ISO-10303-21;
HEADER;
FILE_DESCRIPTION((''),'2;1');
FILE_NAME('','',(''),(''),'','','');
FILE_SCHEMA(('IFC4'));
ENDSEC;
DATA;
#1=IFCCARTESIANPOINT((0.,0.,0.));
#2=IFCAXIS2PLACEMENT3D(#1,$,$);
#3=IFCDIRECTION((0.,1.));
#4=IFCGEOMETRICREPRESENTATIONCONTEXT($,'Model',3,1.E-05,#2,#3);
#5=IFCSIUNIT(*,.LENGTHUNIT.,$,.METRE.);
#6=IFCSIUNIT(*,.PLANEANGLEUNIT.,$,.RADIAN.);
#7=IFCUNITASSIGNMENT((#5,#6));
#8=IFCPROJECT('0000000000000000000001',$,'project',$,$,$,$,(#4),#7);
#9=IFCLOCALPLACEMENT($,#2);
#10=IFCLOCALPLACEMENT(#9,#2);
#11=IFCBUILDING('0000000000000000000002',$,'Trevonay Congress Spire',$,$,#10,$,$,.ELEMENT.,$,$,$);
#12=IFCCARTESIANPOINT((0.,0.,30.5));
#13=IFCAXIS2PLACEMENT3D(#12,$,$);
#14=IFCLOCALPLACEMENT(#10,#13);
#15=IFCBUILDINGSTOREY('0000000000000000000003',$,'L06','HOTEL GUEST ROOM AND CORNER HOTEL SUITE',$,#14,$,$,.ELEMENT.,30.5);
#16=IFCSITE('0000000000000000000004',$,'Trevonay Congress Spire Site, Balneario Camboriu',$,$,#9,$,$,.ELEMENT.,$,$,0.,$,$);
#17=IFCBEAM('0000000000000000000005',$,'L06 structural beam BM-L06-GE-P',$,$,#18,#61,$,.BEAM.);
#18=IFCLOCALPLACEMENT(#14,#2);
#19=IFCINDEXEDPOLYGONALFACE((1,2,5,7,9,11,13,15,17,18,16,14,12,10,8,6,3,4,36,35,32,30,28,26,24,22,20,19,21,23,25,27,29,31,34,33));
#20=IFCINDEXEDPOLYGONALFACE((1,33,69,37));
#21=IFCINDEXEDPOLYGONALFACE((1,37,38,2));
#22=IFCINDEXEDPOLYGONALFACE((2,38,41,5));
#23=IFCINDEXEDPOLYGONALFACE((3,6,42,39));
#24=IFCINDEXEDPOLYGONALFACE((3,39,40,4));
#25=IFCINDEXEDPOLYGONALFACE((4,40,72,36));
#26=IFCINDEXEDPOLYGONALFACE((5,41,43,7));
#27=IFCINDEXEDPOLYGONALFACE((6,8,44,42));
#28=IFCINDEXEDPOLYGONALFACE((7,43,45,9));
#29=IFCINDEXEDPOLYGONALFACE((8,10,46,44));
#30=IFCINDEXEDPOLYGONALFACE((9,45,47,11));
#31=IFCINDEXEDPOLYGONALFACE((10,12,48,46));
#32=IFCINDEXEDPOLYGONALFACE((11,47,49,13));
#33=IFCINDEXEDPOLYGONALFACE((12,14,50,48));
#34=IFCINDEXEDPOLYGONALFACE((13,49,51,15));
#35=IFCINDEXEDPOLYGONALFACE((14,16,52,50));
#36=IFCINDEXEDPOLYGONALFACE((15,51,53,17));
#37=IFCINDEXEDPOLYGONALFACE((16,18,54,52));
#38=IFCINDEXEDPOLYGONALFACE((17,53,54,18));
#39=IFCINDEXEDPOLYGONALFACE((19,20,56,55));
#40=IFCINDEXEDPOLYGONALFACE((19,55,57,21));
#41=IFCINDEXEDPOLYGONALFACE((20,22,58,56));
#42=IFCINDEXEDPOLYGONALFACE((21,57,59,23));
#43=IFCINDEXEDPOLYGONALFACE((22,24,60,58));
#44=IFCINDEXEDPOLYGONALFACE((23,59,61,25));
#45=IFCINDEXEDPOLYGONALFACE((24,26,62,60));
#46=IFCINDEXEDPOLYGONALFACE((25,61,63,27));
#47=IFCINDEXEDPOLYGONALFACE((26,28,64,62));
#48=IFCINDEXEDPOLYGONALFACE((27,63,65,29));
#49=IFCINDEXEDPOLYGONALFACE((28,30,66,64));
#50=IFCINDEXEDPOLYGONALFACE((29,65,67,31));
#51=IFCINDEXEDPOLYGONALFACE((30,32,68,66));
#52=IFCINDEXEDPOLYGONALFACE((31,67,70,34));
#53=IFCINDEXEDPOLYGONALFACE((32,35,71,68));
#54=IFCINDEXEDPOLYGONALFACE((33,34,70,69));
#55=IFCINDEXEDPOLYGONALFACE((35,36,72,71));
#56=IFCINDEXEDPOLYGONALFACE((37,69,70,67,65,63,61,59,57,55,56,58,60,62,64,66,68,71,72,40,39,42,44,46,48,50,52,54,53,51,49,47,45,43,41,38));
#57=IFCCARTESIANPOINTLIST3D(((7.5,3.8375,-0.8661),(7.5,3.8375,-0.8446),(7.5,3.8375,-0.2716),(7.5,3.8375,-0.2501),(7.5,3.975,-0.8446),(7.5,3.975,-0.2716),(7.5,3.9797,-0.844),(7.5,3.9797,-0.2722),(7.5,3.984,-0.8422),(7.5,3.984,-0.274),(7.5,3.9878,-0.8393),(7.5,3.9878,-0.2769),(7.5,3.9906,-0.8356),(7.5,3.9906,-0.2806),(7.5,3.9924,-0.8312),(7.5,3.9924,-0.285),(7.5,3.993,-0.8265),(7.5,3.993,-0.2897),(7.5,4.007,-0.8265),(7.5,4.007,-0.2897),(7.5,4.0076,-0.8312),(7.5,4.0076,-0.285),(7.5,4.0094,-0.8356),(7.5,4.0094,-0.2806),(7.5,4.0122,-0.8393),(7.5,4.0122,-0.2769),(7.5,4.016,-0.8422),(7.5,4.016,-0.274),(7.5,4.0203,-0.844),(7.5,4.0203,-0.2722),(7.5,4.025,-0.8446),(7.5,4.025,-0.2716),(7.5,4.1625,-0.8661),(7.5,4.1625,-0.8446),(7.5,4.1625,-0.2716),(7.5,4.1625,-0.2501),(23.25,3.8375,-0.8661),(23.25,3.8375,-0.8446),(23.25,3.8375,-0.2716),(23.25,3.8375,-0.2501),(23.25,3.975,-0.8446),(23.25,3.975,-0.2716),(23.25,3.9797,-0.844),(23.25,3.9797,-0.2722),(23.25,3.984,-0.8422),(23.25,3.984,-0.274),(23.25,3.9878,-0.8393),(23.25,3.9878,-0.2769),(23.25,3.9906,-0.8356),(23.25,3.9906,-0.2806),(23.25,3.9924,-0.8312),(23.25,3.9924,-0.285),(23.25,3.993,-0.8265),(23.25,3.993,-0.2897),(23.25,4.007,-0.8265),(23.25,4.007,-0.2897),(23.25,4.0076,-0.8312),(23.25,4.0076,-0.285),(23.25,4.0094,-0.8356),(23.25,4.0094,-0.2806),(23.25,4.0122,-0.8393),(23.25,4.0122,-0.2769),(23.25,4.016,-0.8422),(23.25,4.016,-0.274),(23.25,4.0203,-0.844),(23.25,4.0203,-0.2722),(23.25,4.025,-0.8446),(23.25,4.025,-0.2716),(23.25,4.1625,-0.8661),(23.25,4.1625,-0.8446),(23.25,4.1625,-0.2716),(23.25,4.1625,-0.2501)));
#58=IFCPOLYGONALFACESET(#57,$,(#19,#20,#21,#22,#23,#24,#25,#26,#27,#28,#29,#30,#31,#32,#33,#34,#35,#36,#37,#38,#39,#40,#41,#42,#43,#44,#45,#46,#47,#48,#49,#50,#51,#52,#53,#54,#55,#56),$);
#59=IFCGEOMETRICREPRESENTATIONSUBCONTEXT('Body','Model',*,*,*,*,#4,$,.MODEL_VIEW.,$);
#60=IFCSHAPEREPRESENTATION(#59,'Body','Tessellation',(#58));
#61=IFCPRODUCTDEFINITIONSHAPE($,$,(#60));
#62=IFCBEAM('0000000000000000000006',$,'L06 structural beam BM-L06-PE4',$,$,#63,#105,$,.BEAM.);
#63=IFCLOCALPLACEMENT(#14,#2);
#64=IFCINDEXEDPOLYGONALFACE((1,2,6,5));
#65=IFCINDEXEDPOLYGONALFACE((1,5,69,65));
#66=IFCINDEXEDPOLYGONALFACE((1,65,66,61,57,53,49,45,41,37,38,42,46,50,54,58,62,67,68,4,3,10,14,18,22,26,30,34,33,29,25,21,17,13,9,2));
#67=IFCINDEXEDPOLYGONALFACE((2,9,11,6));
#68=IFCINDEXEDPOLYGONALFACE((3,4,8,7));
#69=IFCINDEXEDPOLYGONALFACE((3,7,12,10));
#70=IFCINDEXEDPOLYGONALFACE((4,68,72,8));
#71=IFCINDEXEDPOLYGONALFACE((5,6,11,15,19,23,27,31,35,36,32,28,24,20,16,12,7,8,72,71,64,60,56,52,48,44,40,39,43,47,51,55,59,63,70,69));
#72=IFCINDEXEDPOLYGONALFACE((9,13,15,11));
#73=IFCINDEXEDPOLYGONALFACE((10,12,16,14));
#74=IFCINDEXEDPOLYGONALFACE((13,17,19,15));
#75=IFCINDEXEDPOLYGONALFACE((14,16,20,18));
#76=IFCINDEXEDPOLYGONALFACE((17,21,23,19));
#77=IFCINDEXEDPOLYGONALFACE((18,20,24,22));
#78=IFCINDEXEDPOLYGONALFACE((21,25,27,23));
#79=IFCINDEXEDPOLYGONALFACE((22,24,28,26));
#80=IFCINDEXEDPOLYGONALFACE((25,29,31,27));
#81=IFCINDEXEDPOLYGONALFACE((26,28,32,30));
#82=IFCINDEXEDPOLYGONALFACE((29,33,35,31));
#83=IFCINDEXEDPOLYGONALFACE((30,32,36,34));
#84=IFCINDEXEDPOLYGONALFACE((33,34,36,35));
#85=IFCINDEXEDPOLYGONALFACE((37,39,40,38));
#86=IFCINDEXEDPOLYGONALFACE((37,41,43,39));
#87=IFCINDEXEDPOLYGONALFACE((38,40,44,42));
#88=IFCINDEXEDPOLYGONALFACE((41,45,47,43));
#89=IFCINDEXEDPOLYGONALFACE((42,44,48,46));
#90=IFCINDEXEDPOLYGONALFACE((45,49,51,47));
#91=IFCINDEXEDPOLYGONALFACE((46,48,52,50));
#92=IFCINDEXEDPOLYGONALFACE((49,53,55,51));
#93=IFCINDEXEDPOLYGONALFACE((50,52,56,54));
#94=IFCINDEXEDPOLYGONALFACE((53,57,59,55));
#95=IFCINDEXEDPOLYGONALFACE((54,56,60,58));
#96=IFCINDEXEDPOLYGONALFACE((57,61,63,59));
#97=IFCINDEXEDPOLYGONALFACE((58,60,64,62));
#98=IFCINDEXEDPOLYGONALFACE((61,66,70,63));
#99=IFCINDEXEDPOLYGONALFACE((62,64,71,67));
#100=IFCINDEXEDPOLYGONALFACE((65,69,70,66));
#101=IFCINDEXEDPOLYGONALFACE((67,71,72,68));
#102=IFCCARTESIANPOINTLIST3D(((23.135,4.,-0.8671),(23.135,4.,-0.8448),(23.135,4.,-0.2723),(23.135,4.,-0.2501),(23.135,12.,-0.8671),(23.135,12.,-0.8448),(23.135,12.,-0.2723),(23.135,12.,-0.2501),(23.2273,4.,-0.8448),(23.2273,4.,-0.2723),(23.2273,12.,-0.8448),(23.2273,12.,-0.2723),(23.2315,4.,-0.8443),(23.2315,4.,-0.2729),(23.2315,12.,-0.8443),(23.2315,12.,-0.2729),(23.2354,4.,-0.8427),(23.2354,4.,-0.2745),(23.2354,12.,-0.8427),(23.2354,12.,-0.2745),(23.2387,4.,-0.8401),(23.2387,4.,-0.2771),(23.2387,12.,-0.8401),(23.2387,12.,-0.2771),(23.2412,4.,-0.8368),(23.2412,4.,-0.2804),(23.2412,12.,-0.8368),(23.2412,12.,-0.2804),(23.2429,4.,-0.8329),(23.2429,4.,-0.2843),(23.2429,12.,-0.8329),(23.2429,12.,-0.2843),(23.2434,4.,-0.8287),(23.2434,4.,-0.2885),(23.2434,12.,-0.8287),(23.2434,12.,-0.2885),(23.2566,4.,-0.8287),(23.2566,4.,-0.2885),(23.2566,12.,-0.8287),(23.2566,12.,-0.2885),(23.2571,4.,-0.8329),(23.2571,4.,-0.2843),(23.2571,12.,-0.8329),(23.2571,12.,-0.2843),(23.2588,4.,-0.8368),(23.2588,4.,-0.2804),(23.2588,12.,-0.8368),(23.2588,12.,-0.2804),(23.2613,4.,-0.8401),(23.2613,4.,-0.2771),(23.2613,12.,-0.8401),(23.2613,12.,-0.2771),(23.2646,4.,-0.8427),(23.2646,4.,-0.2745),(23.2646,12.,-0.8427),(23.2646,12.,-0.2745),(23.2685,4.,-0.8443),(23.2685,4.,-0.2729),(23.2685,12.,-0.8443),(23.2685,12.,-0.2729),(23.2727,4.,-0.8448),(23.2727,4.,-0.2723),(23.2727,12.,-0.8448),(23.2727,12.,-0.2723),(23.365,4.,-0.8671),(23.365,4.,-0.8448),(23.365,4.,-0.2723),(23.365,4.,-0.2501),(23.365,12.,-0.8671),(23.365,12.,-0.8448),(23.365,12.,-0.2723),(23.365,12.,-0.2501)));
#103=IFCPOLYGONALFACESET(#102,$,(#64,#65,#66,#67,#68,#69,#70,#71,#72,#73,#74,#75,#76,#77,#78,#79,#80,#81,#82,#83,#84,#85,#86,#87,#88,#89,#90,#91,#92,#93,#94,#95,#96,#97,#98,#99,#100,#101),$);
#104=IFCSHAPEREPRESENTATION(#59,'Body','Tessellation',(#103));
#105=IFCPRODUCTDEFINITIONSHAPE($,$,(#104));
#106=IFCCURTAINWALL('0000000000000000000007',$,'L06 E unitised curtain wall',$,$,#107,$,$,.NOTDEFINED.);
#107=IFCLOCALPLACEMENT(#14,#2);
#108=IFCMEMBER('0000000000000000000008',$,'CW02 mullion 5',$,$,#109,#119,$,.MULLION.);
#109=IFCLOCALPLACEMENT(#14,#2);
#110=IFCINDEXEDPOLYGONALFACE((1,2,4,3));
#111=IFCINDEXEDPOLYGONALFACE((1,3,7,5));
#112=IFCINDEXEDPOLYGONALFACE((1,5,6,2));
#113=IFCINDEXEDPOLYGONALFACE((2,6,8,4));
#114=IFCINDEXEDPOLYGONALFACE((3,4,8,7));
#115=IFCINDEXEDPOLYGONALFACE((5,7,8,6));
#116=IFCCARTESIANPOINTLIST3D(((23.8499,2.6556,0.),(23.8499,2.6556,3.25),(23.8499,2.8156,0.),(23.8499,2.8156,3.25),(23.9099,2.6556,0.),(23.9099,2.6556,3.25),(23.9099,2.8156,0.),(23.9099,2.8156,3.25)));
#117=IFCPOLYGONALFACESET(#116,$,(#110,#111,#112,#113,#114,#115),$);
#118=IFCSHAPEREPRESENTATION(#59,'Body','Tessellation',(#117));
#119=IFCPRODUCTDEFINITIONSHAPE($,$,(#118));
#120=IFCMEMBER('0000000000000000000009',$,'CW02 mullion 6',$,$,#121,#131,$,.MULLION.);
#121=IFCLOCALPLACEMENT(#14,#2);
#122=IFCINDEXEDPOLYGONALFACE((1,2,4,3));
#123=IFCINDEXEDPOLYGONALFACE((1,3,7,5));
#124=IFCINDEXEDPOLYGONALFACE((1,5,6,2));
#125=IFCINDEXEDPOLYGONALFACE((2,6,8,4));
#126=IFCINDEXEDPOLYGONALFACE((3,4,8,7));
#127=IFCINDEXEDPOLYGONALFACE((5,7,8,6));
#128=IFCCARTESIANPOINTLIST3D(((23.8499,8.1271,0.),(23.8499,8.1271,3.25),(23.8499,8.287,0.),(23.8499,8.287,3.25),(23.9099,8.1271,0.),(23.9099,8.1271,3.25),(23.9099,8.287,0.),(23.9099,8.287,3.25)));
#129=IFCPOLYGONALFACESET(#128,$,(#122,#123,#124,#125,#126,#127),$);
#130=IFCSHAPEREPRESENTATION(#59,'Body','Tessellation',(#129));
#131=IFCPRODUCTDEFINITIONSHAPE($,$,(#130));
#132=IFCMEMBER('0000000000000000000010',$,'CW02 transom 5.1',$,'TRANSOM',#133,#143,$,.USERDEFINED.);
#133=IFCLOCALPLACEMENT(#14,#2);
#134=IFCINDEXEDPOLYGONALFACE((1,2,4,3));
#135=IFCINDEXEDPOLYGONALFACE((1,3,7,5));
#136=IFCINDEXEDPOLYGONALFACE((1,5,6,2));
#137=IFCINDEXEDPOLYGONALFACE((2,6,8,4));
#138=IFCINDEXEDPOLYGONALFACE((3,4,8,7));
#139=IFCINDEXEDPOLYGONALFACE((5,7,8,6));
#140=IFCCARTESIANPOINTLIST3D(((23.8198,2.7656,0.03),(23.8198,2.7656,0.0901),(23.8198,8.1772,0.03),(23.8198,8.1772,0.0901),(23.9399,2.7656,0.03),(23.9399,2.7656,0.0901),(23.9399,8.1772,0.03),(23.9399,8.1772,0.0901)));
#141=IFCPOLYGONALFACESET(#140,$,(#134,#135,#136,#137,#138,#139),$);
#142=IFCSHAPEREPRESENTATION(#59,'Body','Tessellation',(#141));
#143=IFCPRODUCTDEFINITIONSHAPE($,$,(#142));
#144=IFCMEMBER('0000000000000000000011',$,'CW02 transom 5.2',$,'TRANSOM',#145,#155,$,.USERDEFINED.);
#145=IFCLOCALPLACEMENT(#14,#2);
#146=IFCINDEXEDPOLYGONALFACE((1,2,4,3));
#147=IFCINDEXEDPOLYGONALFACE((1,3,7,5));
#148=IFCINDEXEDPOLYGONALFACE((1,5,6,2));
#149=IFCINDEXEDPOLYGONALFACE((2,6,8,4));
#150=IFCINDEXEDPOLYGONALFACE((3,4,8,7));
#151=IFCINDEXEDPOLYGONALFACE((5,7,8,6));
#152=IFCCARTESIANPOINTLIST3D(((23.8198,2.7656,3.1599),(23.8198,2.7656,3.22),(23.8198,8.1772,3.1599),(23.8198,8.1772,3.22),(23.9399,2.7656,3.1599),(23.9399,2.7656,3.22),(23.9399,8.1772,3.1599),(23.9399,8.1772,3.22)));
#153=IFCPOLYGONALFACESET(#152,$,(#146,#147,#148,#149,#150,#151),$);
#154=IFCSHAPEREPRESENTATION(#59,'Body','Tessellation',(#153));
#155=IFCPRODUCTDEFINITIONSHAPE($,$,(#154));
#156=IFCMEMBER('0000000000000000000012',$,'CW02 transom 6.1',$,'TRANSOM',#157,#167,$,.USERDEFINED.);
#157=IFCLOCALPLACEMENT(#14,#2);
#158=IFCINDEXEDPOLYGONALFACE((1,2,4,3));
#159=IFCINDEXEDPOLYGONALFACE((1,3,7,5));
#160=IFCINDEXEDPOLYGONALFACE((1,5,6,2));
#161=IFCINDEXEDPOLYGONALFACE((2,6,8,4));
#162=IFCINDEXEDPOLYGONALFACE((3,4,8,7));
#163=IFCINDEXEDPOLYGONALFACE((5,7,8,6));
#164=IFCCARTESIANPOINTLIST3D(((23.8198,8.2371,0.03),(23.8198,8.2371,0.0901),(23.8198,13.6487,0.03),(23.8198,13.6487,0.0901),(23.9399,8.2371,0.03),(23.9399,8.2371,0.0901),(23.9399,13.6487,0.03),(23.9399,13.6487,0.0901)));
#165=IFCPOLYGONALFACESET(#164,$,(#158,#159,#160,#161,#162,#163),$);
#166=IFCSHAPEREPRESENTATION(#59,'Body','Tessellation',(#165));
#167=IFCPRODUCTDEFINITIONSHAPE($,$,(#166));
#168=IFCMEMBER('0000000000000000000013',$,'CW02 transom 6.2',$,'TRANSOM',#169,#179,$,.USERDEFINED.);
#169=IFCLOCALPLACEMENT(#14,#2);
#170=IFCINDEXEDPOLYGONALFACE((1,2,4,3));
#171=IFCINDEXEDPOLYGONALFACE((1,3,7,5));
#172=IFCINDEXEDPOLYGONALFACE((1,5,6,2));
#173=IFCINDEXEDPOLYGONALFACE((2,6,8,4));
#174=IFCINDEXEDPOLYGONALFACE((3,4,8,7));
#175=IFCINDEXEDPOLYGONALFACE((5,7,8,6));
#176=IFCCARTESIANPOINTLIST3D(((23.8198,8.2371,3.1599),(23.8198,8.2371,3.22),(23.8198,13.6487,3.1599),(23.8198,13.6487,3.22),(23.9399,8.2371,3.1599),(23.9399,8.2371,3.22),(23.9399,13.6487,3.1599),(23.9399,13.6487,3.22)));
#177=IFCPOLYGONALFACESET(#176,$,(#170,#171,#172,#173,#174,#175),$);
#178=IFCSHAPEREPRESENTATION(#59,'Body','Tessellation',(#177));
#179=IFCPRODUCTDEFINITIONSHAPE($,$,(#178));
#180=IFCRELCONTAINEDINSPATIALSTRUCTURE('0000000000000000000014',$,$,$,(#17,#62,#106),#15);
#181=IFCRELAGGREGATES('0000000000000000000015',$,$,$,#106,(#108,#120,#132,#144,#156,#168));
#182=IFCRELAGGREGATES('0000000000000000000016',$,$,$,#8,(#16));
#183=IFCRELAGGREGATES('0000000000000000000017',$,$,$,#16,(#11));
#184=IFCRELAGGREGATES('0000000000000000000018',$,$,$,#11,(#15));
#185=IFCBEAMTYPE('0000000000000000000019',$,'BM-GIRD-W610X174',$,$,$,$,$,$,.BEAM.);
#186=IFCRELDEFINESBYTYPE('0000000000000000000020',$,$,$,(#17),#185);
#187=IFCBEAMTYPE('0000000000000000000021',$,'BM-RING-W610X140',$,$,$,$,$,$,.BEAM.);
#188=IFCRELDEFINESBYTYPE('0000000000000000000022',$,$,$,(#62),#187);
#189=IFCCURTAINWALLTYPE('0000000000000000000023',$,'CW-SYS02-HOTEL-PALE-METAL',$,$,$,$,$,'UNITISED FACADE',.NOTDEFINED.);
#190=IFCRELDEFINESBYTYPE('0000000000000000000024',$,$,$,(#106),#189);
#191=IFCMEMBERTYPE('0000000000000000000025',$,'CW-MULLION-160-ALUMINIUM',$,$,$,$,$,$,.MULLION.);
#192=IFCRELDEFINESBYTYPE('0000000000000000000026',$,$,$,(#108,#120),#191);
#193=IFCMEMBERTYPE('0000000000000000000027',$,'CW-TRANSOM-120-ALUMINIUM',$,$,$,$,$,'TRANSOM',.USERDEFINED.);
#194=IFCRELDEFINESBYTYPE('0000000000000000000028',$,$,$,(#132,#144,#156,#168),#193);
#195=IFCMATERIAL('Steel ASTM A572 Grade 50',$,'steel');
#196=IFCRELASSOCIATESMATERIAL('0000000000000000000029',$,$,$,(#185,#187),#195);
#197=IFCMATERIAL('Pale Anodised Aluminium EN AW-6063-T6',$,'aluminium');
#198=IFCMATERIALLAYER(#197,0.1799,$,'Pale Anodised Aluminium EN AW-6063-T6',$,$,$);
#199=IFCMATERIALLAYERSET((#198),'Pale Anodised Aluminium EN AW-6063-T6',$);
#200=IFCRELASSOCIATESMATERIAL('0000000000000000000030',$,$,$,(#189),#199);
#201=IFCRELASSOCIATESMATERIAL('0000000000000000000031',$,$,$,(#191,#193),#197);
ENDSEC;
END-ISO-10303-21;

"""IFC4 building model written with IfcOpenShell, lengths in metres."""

from ifc_helpers import new_model, si_unit, direction, frame, origin, origin_2d, place, context, subcontext, project, spatial, rectangle, i_section, extrude, material, layer, layer_set, material_profile, profile_set, type_object, element, aggregate, save


model = new_model("IFC4")

# Units and contexts
model_context = context("Model", 3, precision=1e-05, world=origin(), true_north=direction((0.0, 1.0)))
body_context = subcontext(model_context, "Body", "Model", "MODEL_VIEW")
ifc_project = project(units=[si_unit("LENGTHUNIT", "METRE"), si_unit("PLANEANGLEUNIT", "RADIAN")], contexts=[model_context])

# Site, building, storey
site_placement = place(None, origin())
site = spatial("IfcSite", under=ifc_project, at=site_placement, Name="Trevonay Congress Spire Site, Balneario Camboriu", CompositionType="ELEMENT", RefElevation=0.0)
building_placement = place(site_placement, origin())
building = spatial("IfcBuilding", under=site, at=building_placement, Name="Trevonay Congress Spire", CompositionType="ELEMENT")
storey_placement = place(building_placement, frame((0.0, 0.0, 30.5)))
storey = spatial("IfcBuildingStorey", under=building, at=storey_placement, Name="L06", Description="HOTEL GUEST ROOM AND CORNER HOTEL SUITE", CompositionType="ELEMENT", Elevation=30.5)

# Shared definitions
ifc_material_1 = material(Name="Steel ASTM A572 Grade 50", Category="steel")

# Beams
ifc_material_profile_1 = material_profile(ifc_material_1, i_section(OverallWidth=0.325, OverallDepth=0.616, WebThickness=0.0139, FlangeThickness=0.0215, FilletRadius=0.0181, at=origin_2d()), Name="W610x174")
ifc_profile_set_1 = profile_set([ifc_material_profile_1], Name="Steel ASTM A572 Grade 50")
beam_type_1 = type_object("IfcBeamType", Name="BM-GIRD-W610X174", PredefinedType="BEAM", material=ifc_profile_set_1)
beam_1_placement = place(storey_placement, frame((7.5, 4.0, -0.5581), z_axis=(1.0, 0.0, 0.0), x_axis=(0.0, 1.0, 0.0)))
element("IfcBeam", 1, at=beam_1_placement, inside=storey, type_object=beam_type_1, Name="L06 structural beam BM-L06-GE-P", PredefinedType="BEAM", context=body_context, shape_type="SweptSolid", body=[
    extrude(i_section(OverallWidth=0.325, OverallDepth=0.616, WebThickness=0.0139, FlangeThickness=0.0215, FilletRadius=0.0181, at=origin_2d()), origin(), (0.0, 0.0, 1.0), 15.75),
])
ifc_material_profile_2 = material_profile(ifc_material_1, i_section(OverallWidth=0.23, OverallDepth=0.6169, WebThickness=0.0132, FlangeThickness=0.0222, FilletRadius=0.0161, at=origin_2d()), Name="W610x140")
ifc_profile_set_2 = profile_set([ifc_material_profile_2], Name="Steel ASTM A572 Grade 50")
beam_type_2 = type_object("IfcBeamType", Name="BM-RING-W610X140", PredefinedType="BEAM", material=ifc_profile_set_2)
beam_2_placement = place(storey_placement, frame((23.25, 4.0, -0.5586), z_axis=(0.0, 1.0, 0.0), x_axis=(-1.0, 0.0, 0.0)))
element("IfcBeam", 2, at=beam_2_placement, inside=storey, type_object=beam_type_2, Name="L06 structural beam BM-L06-PE4", PredefinedType="BEAM", context=body_context, shape_type="SweptSolid", body=[
    extrude(i_section(OverallWidth=0.23, OverallDepth=0.6169, WebThickness=0.0132, FlangeThickness=0.0222, FilletRadius=0.0161, at=origin_2d()), origin(), (0.0, 0.0, 1.0), 8.0),
])

# Curtain wall, members
ifc_material_2 = material(Name="Pale Anodised Aluminium EN AW-6063-T6", Category="aluminium")
ifc_layer_1 = layer(ifc_material_2, 0.1799, Name="Pale Anodised Aluminium EN AW-6063-T6")
ifc_layer_set_1 = layer_set([ifc_layer_1], Name="Pale Anodised Aluminium EN AW-6063-T6")
curtain_wall_type = type_object("IfcCurtainWallType", Name="CW-SYS02-HOTEL-PALE-METAL", ElementType="UNITISED FACADE", PredefinedType="NOTDEFINED", material=ifc_layer_set_1)
curtain_wall_placement = place(storey_placement, origin())
curtain_wall = element("IfcCurtainWall", 3, at=curtain_wall_placement, inside=storey, type_object=curtain_wall_type, Name="L06 E unitised curtain wall", PredefinedType="NOTDEFINED")
ifc_material_profile_3 = material_profile(ifc_material_2, rectangle(XDim=0.0601, YDim=0.1599, at=origin_2d()), Name="CW-MULLION-160-ALUMINIUM")
ifc_profile_set_3 = profile_set([ifc_material_profile_3], Name="Pale Anodised Aluminium EN AW-6063-T6")
member_type_1 = type_object("IfcMemberType", Name="CW-MULLION-160-ALUMINIUM", PredefinedType="MULLION", material=ifc_profile_set_3)
member_1_placement = place(storey_placement, frame((23.8799, 2.7356, 0.0), z_axis=(0.0, 0.0, 1.0), x_axis=(-1.0, 0.0, 0.0)))
member_1 = element("IfcMember", 4, at=member_1_placement, type_object=member_type_1, Name="CW02 mullion 5", PredefinedType="MULLION", context=body_context, shape_type="SweptSolid", body=[
    extrude(rectangle(XDim=0.0601, YDim=0.1599, at=origin_2d()), origin(), (0.0, 0.0, 1.0), 3.25),
])
member_2_placement = place(storey_placement, frame((23.8799, 8.207, 0.0), z_axis=(0.0, 0.0, 1.0), x_axis=(-1.0, 0.0, 0.0)))
member_2 = element("IfcMember", 5, at=member_2_placement, type_object=member_type_1, Name="CW02 mullion 6", PredefinedType="MULLION", context=body_context, shape_type="SweptSolid", body=[
    extrude(rectangle(XDim=0.0601, YDim=0.1599, at=origin_2d()), origin(), (0.0, 0.0, 1.0), 3.25),
])
ifc_material_profile_4 = material_profile(ifc_material_2, rectangle(XDim=0.1201, YDim=0.0601, at=origin_2d()), Name="CW-TRANSOM-120-ALUMINIUM")
ifc_profile_set_4 = profile_set([ifc_material_profile_4], Name="Pale Anodised Aluminium EN AW-6063-T6")
member_type_2 = type_object("IfcMemberType", Name="CW-TRANSOM-120-ALUMINIUM", ElementType="TRANSOM", PredefinedType="USERDEFINED", material=ifc_profile_set_4)
member_3_placement = place(storey_placement, frame((23.8799, 2.7656, 0.0601), z_axis=(0.0, 1.0, 0.0), x_axis=(-1.0, 0.0, 0.0)))
member_3 = element("IfcMember", 6, at=member_3_placement, type_object=member_type_2, Name="CW02 transom 5.1", ObjectType="TRANSOM", PredefinedType="USERDEFINED", context=body_context, shape_type="SweptSolid", body=[
    extrude(rectangle(XDim=0.1201, YDim=0.0601, at=origin_2d()), origin(), (0.0, 0.0, 1.0), 5.4116),
])
member_4_placement = place(storey_placement, frame((23.8799, 2.7656, 3.1899), z_axis=(0.0, 1.0, 0.0), x_axis=(-1.0, 0.0, 0.0)))
member_4 = element("IfcMember", 7, at=member_4_placement, type_object=member_type_2, Name="CW02 transom 5.2", ObjectType="TRANSOM", PredefinedType="USERDEFINED", context=body_context, shape_type="SweptSolid", body=[
    extrude(rectangle(XDim=0.1201, YDim=0.0601, at=origin_2d()), origin(), (0.0, 0.0, 1.0), 5.4116),
])
member_5_placement = place(storey_placement, frame((23.8799, 8.2371, 0.0601), z_axis=(0.0, 1.0, 0.0), x_axis=(-1.0, 0.0, 0.0)))
member_5 = element("IfcMember", 8, at=member_5_placement, type_object=member_type_2, Name="CW02 transom 6.1", ObjectType="TRANSOM", PredefinedType="USERDEFINED", context=body_context, shape_type="SweptSolid", body=[
    extrude(rectangle(XDim=0.1201, YDim=0.0601, at=origin_2d()), origin(), (0.0, 0.0, 1.0), 5.4116),
])
member_6_placement = place(storey_placement, frame((23.8799, 8.2371, 3.1899), z_axis=(0.0, 1.0, 0.0), x_axis=(-1.0, 0.0, 0.0)))
member_6 = element("IfcMember", 9, at=member_6_placement, type_object=member_type_2, Name="CW02 transom 6.2", ObjectType="TRANSOM", PredefinedType="USERDEFINED", context=body_context, shape_type="SweptSolid", body=[
    extrude(rectangle(XDim=0.1201, YDim=0.0601, at=origin_2d()), origin(), (0.0, 0.0, 1.0), 5.4116),
])

aggregate(curtain_wall, [member_1, member_2, member_3, member_4, member_5, member_6])

save(model, "model.ifc")
